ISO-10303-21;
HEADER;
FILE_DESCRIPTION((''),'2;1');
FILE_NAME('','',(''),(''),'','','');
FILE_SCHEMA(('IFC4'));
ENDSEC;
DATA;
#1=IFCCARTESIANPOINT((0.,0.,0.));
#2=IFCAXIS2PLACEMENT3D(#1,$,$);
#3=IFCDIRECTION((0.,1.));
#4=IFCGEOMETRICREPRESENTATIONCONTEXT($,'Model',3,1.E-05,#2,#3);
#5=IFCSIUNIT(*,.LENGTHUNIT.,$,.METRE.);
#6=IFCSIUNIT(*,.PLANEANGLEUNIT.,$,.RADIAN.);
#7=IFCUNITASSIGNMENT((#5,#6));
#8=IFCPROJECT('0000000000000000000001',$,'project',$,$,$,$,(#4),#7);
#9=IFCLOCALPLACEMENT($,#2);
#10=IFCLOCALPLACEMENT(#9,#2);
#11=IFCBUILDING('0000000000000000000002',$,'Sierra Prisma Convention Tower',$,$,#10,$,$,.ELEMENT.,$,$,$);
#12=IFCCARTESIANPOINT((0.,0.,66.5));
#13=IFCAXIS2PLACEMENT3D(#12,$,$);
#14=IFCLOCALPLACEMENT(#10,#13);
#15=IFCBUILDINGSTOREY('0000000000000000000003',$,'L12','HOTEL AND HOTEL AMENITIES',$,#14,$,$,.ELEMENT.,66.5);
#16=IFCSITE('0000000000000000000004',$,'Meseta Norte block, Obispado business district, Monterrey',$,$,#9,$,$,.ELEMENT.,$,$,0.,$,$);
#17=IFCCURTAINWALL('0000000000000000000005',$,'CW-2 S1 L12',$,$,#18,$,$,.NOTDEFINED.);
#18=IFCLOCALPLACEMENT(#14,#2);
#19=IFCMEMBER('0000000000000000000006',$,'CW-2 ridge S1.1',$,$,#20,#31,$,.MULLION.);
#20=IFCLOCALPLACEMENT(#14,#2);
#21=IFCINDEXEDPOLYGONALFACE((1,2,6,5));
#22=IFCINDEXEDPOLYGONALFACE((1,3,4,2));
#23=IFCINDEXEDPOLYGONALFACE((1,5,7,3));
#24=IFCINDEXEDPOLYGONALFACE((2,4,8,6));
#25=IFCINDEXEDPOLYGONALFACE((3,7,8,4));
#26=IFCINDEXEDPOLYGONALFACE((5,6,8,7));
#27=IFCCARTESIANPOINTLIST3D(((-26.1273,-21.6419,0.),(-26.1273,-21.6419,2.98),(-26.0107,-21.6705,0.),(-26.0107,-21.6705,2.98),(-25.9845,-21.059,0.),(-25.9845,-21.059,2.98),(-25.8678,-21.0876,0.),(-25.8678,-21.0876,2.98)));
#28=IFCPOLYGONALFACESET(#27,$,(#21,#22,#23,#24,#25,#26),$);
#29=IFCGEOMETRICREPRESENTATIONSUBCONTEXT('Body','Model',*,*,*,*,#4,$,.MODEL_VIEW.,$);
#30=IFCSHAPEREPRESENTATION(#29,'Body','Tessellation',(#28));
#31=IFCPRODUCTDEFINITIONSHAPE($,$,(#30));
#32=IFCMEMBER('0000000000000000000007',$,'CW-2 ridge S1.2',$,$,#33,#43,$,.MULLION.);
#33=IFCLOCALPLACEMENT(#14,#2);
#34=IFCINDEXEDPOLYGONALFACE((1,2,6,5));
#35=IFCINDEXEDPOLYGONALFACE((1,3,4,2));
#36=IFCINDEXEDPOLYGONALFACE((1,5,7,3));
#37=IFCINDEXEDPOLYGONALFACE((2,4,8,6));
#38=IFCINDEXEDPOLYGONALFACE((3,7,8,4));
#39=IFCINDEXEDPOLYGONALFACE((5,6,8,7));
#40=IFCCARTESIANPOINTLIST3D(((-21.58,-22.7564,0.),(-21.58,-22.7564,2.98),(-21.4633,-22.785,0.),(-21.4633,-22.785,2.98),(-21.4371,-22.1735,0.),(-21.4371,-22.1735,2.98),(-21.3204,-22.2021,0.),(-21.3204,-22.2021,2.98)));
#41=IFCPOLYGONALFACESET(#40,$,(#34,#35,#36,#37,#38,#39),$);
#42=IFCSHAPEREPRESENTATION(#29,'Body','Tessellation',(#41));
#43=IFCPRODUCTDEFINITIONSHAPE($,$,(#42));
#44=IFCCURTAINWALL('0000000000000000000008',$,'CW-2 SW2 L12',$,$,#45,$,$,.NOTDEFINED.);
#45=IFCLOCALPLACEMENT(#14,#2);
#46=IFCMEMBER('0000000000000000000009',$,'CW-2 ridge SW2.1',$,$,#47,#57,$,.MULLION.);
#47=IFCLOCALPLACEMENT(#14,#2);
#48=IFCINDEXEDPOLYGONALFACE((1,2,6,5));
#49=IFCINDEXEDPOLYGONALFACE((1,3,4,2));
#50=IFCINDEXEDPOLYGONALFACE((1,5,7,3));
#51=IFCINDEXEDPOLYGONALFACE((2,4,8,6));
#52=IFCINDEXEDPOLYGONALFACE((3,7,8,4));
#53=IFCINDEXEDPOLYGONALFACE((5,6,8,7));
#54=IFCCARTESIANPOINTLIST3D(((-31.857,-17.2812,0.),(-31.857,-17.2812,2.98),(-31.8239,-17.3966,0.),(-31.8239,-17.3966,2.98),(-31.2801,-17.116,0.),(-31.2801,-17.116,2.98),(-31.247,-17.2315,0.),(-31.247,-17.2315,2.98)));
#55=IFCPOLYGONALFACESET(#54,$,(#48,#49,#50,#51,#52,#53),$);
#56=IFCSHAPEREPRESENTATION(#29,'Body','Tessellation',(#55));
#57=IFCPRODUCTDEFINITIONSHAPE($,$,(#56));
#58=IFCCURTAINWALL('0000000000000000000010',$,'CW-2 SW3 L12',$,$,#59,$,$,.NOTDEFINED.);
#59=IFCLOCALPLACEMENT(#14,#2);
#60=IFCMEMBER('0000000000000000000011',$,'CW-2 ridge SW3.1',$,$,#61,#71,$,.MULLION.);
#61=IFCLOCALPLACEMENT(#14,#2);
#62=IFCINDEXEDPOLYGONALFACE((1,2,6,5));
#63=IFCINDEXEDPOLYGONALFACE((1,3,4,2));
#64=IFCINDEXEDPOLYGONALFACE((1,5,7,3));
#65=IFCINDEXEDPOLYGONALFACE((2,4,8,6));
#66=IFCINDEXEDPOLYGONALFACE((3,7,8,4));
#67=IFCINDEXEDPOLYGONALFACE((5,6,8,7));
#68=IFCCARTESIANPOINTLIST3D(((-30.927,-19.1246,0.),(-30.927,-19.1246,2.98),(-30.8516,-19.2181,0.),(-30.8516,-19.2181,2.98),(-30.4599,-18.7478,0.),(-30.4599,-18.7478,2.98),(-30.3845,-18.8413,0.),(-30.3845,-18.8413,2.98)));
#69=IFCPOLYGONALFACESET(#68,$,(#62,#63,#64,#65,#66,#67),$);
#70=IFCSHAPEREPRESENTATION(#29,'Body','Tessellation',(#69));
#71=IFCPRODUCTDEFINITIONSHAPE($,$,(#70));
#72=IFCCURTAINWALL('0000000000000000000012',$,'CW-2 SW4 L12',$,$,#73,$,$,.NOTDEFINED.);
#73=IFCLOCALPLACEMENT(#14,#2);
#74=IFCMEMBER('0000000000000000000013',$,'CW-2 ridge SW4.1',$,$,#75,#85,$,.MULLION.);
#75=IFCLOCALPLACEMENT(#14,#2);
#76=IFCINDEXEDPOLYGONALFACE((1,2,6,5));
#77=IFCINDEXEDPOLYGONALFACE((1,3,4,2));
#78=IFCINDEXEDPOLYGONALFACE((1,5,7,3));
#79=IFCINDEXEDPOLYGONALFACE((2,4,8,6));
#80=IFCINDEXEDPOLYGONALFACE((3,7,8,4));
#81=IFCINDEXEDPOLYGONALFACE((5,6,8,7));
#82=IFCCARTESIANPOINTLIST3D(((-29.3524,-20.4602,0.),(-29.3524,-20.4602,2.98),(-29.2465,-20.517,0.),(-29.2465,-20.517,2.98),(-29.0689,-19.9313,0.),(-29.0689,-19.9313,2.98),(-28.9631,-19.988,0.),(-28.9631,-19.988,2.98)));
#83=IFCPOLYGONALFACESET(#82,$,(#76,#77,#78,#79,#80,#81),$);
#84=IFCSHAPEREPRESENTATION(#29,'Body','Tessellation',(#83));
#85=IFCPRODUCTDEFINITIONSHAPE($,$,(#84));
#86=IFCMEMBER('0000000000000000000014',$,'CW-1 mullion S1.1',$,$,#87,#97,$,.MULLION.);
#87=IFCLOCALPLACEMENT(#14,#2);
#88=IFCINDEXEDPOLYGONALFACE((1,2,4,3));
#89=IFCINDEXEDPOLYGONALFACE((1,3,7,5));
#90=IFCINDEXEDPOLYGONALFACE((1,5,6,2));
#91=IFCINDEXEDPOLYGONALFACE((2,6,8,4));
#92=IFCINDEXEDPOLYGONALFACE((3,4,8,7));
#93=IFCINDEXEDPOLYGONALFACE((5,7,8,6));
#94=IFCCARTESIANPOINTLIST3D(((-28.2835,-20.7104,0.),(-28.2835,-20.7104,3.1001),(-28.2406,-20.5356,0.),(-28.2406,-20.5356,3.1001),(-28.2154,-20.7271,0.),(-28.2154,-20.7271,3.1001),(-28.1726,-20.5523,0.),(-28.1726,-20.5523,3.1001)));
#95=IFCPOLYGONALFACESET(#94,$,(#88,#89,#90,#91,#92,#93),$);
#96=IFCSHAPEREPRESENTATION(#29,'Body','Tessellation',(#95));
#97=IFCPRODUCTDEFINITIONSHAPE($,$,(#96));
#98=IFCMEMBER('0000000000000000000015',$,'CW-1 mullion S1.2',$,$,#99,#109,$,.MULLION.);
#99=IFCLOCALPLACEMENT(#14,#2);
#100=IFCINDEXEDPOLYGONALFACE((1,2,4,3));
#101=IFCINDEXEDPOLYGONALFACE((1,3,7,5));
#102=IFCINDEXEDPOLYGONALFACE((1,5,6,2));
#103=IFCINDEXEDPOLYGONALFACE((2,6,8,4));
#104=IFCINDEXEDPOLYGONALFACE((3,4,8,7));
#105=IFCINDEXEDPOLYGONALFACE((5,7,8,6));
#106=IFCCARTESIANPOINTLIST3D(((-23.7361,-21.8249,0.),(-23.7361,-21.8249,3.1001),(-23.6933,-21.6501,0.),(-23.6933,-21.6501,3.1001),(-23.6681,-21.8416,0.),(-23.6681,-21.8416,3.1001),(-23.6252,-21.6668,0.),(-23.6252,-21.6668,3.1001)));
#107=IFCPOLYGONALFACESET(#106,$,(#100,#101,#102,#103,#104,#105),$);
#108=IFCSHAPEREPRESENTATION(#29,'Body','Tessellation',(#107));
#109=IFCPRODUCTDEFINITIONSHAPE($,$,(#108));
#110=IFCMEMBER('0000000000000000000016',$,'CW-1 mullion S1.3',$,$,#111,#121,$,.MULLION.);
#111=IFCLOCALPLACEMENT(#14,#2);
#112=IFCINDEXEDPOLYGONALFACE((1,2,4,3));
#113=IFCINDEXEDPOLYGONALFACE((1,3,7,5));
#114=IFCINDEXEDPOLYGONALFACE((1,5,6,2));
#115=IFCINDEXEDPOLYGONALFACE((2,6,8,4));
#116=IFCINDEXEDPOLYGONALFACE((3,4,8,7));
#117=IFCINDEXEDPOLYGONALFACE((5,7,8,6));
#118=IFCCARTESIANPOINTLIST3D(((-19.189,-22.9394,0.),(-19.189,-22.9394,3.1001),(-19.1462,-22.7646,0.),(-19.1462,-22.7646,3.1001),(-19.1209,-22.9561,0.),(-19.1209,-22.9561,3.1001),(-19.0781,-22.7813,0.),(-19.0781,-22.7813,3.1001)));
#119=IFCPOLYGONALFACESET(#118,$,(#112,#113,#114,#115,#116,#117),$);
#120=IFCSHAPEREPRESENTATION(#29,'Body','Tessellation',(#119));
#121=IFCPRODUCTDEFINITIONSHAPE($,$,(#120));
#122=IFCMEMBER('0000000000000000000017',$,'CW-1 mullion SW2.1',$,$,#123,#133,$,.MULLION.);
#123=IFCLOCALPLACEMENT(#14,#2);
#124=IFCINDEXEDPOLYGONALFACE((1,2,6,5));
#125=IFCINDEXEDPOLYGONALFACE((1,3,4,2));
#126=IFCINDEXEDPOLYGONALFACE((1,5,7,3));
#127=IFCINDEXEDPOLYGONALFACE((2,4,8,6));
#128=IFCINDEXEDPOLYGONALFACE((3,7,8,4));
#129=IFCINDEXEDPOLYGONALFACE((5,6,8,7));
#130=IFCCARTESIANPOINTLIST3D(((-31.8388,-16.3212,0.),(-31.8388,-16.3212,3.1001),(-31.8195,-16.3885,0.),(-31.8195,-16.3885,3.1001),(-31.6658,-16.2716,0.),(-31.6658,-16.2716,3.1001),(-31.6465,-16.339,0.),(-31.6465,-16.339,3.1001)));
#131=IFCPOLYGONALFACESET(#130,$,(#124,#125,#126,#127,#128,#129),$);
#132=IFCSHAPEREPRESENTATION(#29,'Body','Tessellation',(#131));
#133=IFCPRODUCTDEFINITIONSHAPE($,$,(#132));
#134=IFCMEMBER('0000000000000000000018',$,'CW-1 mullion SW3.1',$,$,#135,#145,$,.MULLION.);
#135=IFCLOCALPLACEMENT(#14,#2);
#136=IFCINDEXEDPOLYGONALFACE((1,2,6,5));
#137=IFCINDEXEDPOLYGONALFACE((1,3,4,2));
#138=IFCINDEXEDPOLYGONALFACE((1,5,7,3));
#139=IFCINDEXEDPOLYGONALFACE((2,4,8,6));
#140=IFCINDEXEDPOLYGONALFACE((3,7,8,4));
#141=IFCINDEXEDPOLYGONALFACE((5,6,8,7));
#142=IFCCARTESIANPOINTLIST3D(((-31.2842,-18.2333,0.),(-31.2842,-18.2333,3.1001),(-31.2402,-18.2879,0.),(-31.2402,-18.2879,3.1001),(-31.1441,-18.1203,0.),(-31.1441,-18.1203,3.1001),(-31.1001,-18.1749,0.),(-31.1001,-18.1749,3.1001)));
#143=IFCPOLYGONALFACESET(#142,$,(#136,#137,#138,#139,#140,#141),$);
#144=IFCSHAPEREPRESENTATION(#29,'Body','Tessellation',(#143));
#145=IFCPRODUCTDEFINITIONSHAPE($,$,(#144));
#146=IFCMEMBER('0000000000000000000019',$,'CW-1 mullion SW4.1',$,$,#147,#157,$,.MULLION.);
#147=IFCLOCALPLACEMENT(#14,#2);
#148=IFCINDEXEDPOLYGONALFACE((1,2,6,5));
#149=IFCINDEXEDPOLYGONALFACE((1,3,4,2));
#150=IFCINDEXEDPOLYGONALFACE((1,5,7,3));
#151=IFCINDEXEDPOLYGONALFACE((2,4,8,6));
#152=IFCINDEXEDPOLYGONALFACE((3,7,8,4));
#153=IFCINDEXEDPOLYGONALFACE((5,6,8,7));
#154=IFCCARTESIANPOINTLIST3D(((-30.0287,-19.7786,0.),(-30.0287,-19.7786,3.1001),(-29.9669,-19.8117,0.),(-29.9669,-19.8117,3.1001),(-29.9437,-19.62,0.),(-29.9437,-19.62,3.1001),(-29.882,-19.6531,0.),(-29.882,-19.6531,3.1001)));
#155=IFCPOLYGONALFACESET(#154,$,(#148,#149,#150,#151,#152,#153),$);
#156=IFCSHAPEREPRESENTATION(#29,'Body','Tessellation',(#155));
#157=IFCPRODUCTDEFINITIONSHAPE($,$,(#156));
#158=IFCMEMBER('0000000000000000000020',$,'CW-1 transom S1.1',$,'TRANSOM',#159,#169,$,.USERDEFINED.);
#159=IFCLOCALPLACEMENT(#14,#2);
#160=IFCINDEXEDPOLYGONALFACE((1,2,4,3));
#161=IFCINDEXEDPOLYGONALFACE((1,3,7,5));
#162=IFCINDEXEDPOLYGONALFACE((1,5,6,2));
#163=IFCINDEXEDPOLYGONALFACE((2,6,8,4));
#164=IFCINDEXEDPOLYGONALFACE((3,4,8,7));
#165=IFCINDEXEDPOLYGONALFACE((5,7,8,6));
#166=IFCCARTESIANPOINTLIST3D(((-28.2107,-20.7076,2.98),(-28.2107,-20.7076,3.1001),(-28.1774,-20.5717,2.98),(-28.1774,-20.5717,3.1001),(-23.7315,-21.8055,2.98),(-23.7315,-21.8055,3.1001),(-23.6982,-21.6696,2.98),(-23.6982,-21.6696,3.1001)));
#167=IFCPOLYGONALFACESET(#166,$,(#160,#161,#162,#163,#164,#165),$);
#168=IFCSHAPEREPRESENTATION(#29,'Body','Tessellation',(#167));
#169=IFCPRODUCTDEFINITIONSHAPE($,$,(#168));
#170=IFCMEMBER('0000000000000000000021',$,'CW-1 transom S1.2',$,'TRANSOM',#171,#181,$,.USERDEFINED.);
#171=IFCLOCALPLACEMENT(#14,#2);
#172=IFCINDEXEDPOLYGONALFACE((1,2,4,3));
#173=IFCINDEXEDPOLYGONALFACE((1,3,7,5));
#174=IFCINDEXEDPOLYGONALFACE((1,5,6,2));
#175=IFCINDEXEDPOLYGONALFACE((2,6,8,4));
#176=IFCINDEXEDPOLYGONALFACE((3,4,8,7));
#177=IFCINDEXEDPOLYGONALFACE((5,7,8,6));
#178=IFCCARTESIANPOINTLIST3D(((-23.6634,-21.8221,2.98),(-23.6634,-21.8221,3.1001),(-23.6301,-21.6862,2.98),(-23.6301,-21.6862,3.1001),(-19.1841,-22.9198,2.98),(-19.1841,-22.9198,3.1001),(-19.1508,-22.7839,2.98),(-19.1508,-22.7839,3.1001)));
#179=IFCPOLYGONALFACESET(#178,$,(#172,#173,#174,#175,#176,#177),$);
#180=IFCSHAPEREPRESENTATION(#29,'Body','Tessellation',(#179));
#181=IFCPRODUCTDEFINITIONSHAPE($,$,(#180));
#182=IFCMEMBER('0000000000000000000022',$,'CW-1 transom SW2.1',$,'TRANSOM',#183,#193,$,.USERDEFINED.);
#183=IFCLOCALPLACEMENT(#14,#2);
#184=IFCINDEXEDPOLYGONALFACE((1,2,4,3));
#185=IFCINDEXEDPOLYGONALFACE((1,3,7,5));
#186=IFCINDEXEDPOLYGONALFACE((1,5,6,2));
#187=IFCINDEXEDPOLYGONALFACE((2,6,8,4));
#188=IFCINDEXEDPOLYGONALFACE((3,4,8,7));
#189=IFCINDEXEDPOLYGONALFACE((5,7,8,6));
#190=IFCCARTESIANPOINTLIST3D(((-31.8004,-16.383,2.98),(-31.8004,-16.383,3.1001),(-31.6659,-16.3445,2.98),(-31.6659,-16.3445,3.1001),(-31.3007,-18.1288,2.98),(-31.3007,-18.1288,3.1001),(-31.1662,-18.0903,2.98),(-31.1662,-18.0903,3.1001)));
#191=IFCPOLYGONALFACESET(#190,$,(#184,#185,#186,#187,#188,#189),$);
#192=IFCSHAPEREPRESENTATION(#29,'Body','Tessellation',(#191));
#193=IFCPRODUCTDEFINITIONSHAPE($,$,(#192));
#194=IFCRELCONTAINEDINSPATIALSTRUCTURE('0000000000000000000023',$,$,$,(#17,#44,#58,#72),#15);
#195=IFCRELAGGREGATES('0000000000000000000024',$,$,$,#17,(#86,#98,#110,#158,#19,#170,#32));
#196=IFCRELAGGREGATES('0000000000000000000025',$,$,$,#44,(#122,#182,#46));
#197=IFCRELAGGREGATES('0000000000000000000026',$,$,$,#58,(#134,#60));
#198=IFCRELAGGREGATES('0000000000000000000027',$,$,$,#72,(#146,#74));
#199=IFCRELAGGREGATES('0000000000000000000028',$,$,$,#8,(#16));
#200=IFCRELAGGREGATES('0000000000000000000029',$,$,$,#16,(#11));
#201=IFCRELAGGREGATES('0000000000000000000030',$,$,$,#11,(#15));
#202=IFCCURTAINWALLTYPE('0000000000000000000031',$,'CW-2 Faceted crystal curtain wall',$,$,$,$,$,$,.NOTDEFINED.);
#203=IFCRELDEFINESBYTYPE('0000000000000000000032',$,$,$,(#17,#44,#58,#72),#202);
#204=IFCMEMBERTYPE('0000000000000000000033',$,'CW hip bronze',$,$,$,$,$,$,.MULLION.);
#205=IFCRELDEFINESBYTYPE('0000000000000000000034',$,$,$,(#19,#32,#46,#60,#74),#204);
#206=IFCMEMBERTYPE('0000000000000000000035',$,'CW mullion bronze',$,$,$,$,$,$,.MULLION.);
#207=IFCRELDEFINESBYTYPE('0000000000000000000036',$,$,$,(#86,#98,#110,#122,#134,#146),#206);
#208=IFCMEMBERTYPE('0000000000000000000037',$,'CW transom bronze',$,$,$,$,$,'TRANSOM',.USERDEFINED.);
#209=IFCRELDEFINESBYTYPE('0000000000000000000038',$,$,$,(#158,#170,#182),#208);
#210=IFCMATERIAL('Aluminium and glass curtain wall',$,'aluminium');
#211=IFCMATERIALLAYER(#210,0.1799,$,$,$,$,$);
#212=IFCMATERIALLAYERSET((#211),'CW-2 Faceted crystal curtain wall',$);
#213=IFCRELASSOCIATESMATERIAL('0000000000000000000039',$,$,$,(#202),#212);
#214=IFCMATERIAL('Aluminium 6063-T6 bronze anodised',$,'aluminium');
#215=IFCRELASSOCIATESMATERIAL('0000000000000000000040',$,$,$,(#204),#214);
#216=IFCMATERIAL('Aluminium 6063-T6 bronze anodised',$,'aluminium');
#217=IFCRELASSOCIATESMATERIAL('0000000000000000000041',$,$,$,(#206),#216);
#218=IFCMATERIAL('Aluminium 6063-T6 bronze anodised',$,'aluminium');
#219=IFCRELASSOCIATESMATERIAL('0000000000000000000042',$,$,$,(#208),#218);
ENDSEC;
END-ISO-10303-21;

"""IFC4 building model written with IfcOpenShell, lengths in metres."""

from ifc_helpers import new_model, si_unit, direction, frame, origin, origin_2d, place, context, subcontext, project, spatial, rectangle, extrude, material, layer, layer_set, material_profile, profile_set, type_object, element, aggregate, save


model = new_model("IFC4")

# Units and contexts
model_context = context("Model", 3, precision=1e-05, world=origin(), true_north=direction((0.0, 1.0)))
body_context = subcontext(model_context, "Body", "Model", "MODEL_VIEW")
ifc_project = project(units=[si_unit("LENGTHUNIT", "METRE"), si_unit("PLANEANGLEUNIT", "RADIAN")], contexts=[model_context])

# Site, building, storey
site_placement = place(None, origin())
site = spatial("IfcSite", under=ifc_project, at=site_placement, Name="Meseta Norte block, Obispado business district, Monterrey", CompositionType="ELEMENT", RefElevation=0.0)
building_placement = place(site_placement, origin())
building = spatial("IfcBuilding", under=site, at=building_placement, Name="Sierra Prisma Convention Tower", CompositionType="ELEMENT")
storey_placement = place(building_placement, frame((0.0, 0.0, 66.5)))
storey = spatial("IfcBuildingStorey", under=building, at=storey_placement, Name="L12", Description="HOTEL AND HOTEL AMENITIES", CompositionType="ELEMENT", Elevation=66.5)

# Curtain wall, members
ifc_material_1 = material(Name="Aluminium and glass curtain wall", Category="aluminium")
ifc_layer_1 = layer(ifc_material_1, 0.1799)
ifc_layer_set_1 = layer_set([ifc_layer_1], Name="CW-2 Faceted crystal curtain wall")
curtain_wall_type = type_object("IfcCurtainWallType", Name="CW-2 Faceted crystal curtain wall", PredefinedType="NOTDEFINED", material=ifc_layer_set_1)
curtain_wall_1_placement = place(storey_placement, origin())
curtain_wall_1 = element("IfcCurtainWall", 1, at=curtain_wall_1_placement, inside=storey, type_object=curtain_wall_type, Name="CW-2 S1 L12", PredefinedType="NOTDEFINED")
ifc_material_2 = material(Name="Aluminium 6063-T6 bronze anodised", Category="aluminium")
ifc_material_profile_1 = material_profile(ifc_material_2, rectangle(XDim=0.1201, YDim=0.6001, at=origin_2d()), Name="ALU RIDGE BLADE 120x600")
ifc_profile_set_1 = profile_set([ifc_material_profile_1], Name="Aluminium 6063-T6 bronze anodised")
member_type_1 = type_object("IfcMemberType", Name="CW hip bronze", PredefinedType="MULLION", material=ifc_profile_set_1)
member_1_placement = place(storey_placement, frame((-25.9976, -21.3647, 0.0), z_axis=(0.0, 0.0, 1.0), x_axis=(0.971255, -0.238042, 0.0)))
member_1 = element("IfcMember", 2, at=member_1_placement, type_object=member_type_1, Name="CW-2 ridge S1.1", PredefinedType="MULLION", context=body_context, shape_type="SweptSolid", body=[
    extrude(rectangle(XDim=0.1201, YDim=0.6001, at=origin_2d()), origin(), (0.0, 0.0, 1.0), 2.98),
])
member_2_placement = place(storey_placement, frame((-21.4502, -22.4792, 0.0), z_axis=(0.0, 0.0, 1.0), x_axis=(0.971255, -0.238042, 0.0)))
member_2 = element("IfcMember", 3, at=member_2_placement, type_object=member_type_1, Name="CW-2 ridge S1.2", PredefinedType="MULLION", context=body_context, shape_type="SweptSolid", body=[
    extrude(rectangle(XDim=0.1201, YDim=0.6001, at=origin_2d()), origin(), (0.0, 0.0, 1.0), 2.98),
])

# Curtain walls, members
curtain_wall_2_placement = place(storey_placement, origin())
curtain_wall_2 = element("IfcCurtainWall", 4, at=curtain_wall_2_placement, inside=storey, type_object=curtain_wall_type, Name="CW-2 SW2 L12", PredefinedType="NOTDEFINED")
member_3_placement = place(storey_placement, frame((-31.552, -17.2563, 0.0), z_axis=(0.0, 0.0, 1.0), x_axis=(0.275154, -0.9614, 0.0)))
member_3 = element("IfcMember", 5, at=member_3_placement, type_object=member_type_1, Name="CW-2 ridge SW2.1", PredefinedType="MULLION", context=body_context, shape_type="SweptSolid", body=[
    extrude(rectangle(XDim=0.1201, YDim=0.6001, at=origin_2d()), origin(), (0.0, 0.0, 1.0), 2.98),
])
curtain_wall_3_placement = place(storey_placement, origin())
curtain_wall_3 = element("IfcCurtainWall", 6, at=curtain_wall_3_placement, inside=storey, type_object=curtain_wall_type, Name="CW-2 SW3 L12", PredefinedType="NOTDEFINED")
member_4_placement = place(storey_placement, frame((-30.6558, -18.9829, 0.0), z_axis=(0.0, 0.0, 1.0), x_axis=(0.627892, -0.778301, 0.0)))
member_4 = element("IfcMember", 7, at=member_4_placement, type_object=member_type_1, Name="CW-2 ridge SW3.1", PredefinedType="MULLION", context=body_context, shape_type="SweptSolid", body=[
    extrude(rectangle(XDim=0.1201, YDim=0.6001, at=origin_2d()), origin(), (0.0, 0.0, 1.0), 2.98),
])
curtain_wall_4_placement = place(storey_placement, origin())
curtain_wall_4 = element("IfcCurtainWall", 8, at=curtain_wall_4_placement, inside=storey, type_object=curtain_wall_type, Name="CW-2 SW4 L12", PredefinedType="NOTDEFINED")
member_5_placement = place(storey_placement, frame((-29.1577, -20.2241, 0.0), z_axis=(0.0, 0.0, 1.0), x_axis=(0.881454, -0.47227, 0.0)))
member_5 = element("IfcMember", 9, at=member_5_placement, type_object=member_type_1, Name="CW-2 ridge SW4.1", PredefinedType="MULLION", context=body_context, shape_type="SweptSolid", body=[
    extrude(rectangle(XDim=0.1201, YDim=0.6001, at=origin_2d()), origin(), (0.0, 0.0, 1.0), 2.98),
])

# Members
ifc_material_3 = material(Name="Aluminium 6063-T6 bronze anodised", Category="aluminium")
ifc_material_profile_2 = material_profile(ifc_material_3, rectangle(XDim=0.1799, YDim=0.0701, at=origin_2d()), Name="ALU MULLION 70x180")
ifc_profile_set_2 = profile_set([ifc_material_profile_2], Name="Aluminium 6063-T6 bronze anodised")
member_type_2 = type_object("IfcMemberType", Name="CW mullion bronze", PredefinedType="MULLION", material=ifc_profile_set_2)
member_6_placement = place(storey_placement, frame((-28.228, -20.6313, 0.0), z_axis=(0.0, 0.0, 1.0), x_axis=(0.238042, 0.971255, 0.0)))
member_6 = element("IfcMember", 10, at=member_6_placement, type_object=member_type_2, Name="CW-1 mullion S1.1", PredefinedType="MULLION", context=body_context, shape_type="SweptSolid", body=[
    extrude(rectangle(XDim=0.1799, YDim=0.0701, at=origin_2d()), origin(), (0.0, 0.0, 1.0), 3.1001),
])
member_7_placement = place(storey_placement, frame((-23.6807, -21.7458, 0.0), z_axis=(0.0, 0.0, 1.0), x_axis=(0.238042, 0.971255, 0.0)))
member_7 = element("IfcMember", 11, at=member_7_placement, type_object=member_type_2, Name="CW-1 mullion S1.2", PredefinedType="MULLION", context=body_context, shape_type="SweptSolid", body=[
    extrude(rectangle(XDim=0.1799, YDim=0.0701, at=origin_2d()), origin(), (0.0, 0.0, 1.0), 3.1001),
])
member_8_placement = place(storey_placement, frame((-19.1335, -22.8604, 0.0), z_axis=(0.0, 0.0, 1.0), x_axis=(0.238042, 0.971255, 0.0)))
member_8 = element("IfcMember", 12, at=member_8_placement, type_object=member_type_2, Name="CW-1 mullion S1.3", PredefinedType="MULLION", context=body_context, shape_type="SweptSolid", body=[
    extrude(rectangle(XDim=0.1799, YDim=0.0701, at=origin_2d()), origin(), (0.0, 0.0, 1.0), 3.1001),
])
member_9_placement = place(storey_placement, frame((-31.7427, -16.3301, 0.0), z_axis=(0.0, 0.0, 1.0), x_axis=(0.9614, 0.275154, 0.0)))
member_9 = element("IfcMember", 13, at=member_9_placement, type_object=member_type_2, Name="CW-1 mullion SW2.1", PredefinedType="MULLION", context=body_context, shape_type="SweptSolid", body=[
    extrude(rectangle(XDim=0.1799, YDim=0.0701, at=origin_2d()), origin(), (0.0, 0.0, 1.0), 3.1001),
])
member_10_placement = place(storey_placement, frame((-31.1921, -18.2041, 0.0), z_axis=(0.0, 0.0, 1.0), x_axis=(0.778301, 0.627892, 0.0)))
member_10 = element("IfcMember", 14, at=member_10_placement, type_object=member_type_2, Name="CW-1 mullion SW3.1", PredefinedType="MULLION", context=body_context, shape_type="SweptSolid", body=[
    extrude(rectangle(XDim=0.1799, YDim=0.0701, at=origin_2d()), origin(), (0.0, 0.0, 1.0), 3.1001),
])
member_11_placement = place(storey_placement, frame((-29.9553, -19.7158, 0.0), z_axis=(0.0, 0.0, 1.0), x_axis=(0.47227, 0.881454, 0.0)))
member_11 = element("IfcMember", 15, at=member_11_placement, type_object=member_type_2, Name="CW-1 mullion SW4.1", PredefinedType="MULLION", context=body_context, shape_type="SweptSolid", body=[
    extrude(rectangle(XDim=0.1799, YDim=0.0701, at=origin_2d()), origin(), (0.0, 0.0, 1.0), 3.1001),
])
ifc_material_4 = material(Name="Aluminium 6063-T6 bronze anodised", Category="aluminium")
ifc_material_profile_3 = material_profile(ifc_material_4, rectangle(XDim=0.1399, YDim=0.1201, at=origin_2d()), Name="ALU TRANSOM 120x140")
ifc_profile_set_3 = profile_set([ifc_material_profile_3], Name="Aluminium 6063-T6 bronze anodised")
member_type_3 = type_object("IfcMemberType", Name="CW transom bronze", ElementType="TRANSOM", PredefinedType="USERDEFINED", material=ifc_profile_set_3)
member_12_placement = place(storey_placement, frame((-28.1941, -20.6396, 3.04), z_axis=(0.97125, -0.238061, 0.0), x_axis=(0.238061, 0.97125, 0.0)))
member_12 = element("IfcMember", 16, at=member_12_placement, type_object=member_type_3, Name="CW-1 transom S1.1", ObjectType="TRANSOM", PredefinedType="USERDEFINED", context=body_context, shape_type="SweptSolid", body=[
    extrude(rectangle(XDim=0.1399, YDim=0.1201, at=origin_2d()), origin(), (0.0, 0.0, 1.0), 4.6118),
])
member_13_placement = place(storey_placement, frame((-23.6467, -21.7542, 3.04), z_axis=(0.971262, -0.238011, 0.0), x_axis=(0.238011, 0.971262, 0.0)))
member_13 = element("IfcMember", 17, at=member_13_placement, type_object=member_type_3, Name="CW-1 transom S1.2", ObjectType="TRANSOM", PredefinedType="USERDEFINED", context=body_context, shape_type="SweptSolid", body=[
    extrude(rectangle(XDim=0.1399, YDim=0.1201, at=origin_2d()), origin(), (0.0, 0.0, 1.0), 4.6118),
])
member_14_placement = place(storey_placement, frame((-31.7332, -16.3638, 3.04), z_axis=(0.275201, -0.961387, 0.0), x_axis=(0.961387, 0.275201, 0.0)))
member_14 = element("IfcMember", 18, at=member_14_placement, type_object=member_type_3, Name="CW-1 transom SW2.1", ObjectType="TRANSOM", PredefinedType="USERDEFINED", context=body_context, shape_type="SweptSolid", body=[
    extrude(rectangle(XDim=0.1399, YDim=0.1201, at=origin_2d()), origin(), (0.0, 0.0, 1.0), 1.8159),
])

aggregate(curtain_wall_1, [member_6, member_7, member_8, member_12, member_1, member_13, member_2])
aggregate(curtain_wall_2, [member_9, member_14, member_3])
aggregate(curtain_wall_3, [member_10, member_4])
aggregate(curtain_wall_4, [member_11, member_5])

save(model, "model.ifc")
